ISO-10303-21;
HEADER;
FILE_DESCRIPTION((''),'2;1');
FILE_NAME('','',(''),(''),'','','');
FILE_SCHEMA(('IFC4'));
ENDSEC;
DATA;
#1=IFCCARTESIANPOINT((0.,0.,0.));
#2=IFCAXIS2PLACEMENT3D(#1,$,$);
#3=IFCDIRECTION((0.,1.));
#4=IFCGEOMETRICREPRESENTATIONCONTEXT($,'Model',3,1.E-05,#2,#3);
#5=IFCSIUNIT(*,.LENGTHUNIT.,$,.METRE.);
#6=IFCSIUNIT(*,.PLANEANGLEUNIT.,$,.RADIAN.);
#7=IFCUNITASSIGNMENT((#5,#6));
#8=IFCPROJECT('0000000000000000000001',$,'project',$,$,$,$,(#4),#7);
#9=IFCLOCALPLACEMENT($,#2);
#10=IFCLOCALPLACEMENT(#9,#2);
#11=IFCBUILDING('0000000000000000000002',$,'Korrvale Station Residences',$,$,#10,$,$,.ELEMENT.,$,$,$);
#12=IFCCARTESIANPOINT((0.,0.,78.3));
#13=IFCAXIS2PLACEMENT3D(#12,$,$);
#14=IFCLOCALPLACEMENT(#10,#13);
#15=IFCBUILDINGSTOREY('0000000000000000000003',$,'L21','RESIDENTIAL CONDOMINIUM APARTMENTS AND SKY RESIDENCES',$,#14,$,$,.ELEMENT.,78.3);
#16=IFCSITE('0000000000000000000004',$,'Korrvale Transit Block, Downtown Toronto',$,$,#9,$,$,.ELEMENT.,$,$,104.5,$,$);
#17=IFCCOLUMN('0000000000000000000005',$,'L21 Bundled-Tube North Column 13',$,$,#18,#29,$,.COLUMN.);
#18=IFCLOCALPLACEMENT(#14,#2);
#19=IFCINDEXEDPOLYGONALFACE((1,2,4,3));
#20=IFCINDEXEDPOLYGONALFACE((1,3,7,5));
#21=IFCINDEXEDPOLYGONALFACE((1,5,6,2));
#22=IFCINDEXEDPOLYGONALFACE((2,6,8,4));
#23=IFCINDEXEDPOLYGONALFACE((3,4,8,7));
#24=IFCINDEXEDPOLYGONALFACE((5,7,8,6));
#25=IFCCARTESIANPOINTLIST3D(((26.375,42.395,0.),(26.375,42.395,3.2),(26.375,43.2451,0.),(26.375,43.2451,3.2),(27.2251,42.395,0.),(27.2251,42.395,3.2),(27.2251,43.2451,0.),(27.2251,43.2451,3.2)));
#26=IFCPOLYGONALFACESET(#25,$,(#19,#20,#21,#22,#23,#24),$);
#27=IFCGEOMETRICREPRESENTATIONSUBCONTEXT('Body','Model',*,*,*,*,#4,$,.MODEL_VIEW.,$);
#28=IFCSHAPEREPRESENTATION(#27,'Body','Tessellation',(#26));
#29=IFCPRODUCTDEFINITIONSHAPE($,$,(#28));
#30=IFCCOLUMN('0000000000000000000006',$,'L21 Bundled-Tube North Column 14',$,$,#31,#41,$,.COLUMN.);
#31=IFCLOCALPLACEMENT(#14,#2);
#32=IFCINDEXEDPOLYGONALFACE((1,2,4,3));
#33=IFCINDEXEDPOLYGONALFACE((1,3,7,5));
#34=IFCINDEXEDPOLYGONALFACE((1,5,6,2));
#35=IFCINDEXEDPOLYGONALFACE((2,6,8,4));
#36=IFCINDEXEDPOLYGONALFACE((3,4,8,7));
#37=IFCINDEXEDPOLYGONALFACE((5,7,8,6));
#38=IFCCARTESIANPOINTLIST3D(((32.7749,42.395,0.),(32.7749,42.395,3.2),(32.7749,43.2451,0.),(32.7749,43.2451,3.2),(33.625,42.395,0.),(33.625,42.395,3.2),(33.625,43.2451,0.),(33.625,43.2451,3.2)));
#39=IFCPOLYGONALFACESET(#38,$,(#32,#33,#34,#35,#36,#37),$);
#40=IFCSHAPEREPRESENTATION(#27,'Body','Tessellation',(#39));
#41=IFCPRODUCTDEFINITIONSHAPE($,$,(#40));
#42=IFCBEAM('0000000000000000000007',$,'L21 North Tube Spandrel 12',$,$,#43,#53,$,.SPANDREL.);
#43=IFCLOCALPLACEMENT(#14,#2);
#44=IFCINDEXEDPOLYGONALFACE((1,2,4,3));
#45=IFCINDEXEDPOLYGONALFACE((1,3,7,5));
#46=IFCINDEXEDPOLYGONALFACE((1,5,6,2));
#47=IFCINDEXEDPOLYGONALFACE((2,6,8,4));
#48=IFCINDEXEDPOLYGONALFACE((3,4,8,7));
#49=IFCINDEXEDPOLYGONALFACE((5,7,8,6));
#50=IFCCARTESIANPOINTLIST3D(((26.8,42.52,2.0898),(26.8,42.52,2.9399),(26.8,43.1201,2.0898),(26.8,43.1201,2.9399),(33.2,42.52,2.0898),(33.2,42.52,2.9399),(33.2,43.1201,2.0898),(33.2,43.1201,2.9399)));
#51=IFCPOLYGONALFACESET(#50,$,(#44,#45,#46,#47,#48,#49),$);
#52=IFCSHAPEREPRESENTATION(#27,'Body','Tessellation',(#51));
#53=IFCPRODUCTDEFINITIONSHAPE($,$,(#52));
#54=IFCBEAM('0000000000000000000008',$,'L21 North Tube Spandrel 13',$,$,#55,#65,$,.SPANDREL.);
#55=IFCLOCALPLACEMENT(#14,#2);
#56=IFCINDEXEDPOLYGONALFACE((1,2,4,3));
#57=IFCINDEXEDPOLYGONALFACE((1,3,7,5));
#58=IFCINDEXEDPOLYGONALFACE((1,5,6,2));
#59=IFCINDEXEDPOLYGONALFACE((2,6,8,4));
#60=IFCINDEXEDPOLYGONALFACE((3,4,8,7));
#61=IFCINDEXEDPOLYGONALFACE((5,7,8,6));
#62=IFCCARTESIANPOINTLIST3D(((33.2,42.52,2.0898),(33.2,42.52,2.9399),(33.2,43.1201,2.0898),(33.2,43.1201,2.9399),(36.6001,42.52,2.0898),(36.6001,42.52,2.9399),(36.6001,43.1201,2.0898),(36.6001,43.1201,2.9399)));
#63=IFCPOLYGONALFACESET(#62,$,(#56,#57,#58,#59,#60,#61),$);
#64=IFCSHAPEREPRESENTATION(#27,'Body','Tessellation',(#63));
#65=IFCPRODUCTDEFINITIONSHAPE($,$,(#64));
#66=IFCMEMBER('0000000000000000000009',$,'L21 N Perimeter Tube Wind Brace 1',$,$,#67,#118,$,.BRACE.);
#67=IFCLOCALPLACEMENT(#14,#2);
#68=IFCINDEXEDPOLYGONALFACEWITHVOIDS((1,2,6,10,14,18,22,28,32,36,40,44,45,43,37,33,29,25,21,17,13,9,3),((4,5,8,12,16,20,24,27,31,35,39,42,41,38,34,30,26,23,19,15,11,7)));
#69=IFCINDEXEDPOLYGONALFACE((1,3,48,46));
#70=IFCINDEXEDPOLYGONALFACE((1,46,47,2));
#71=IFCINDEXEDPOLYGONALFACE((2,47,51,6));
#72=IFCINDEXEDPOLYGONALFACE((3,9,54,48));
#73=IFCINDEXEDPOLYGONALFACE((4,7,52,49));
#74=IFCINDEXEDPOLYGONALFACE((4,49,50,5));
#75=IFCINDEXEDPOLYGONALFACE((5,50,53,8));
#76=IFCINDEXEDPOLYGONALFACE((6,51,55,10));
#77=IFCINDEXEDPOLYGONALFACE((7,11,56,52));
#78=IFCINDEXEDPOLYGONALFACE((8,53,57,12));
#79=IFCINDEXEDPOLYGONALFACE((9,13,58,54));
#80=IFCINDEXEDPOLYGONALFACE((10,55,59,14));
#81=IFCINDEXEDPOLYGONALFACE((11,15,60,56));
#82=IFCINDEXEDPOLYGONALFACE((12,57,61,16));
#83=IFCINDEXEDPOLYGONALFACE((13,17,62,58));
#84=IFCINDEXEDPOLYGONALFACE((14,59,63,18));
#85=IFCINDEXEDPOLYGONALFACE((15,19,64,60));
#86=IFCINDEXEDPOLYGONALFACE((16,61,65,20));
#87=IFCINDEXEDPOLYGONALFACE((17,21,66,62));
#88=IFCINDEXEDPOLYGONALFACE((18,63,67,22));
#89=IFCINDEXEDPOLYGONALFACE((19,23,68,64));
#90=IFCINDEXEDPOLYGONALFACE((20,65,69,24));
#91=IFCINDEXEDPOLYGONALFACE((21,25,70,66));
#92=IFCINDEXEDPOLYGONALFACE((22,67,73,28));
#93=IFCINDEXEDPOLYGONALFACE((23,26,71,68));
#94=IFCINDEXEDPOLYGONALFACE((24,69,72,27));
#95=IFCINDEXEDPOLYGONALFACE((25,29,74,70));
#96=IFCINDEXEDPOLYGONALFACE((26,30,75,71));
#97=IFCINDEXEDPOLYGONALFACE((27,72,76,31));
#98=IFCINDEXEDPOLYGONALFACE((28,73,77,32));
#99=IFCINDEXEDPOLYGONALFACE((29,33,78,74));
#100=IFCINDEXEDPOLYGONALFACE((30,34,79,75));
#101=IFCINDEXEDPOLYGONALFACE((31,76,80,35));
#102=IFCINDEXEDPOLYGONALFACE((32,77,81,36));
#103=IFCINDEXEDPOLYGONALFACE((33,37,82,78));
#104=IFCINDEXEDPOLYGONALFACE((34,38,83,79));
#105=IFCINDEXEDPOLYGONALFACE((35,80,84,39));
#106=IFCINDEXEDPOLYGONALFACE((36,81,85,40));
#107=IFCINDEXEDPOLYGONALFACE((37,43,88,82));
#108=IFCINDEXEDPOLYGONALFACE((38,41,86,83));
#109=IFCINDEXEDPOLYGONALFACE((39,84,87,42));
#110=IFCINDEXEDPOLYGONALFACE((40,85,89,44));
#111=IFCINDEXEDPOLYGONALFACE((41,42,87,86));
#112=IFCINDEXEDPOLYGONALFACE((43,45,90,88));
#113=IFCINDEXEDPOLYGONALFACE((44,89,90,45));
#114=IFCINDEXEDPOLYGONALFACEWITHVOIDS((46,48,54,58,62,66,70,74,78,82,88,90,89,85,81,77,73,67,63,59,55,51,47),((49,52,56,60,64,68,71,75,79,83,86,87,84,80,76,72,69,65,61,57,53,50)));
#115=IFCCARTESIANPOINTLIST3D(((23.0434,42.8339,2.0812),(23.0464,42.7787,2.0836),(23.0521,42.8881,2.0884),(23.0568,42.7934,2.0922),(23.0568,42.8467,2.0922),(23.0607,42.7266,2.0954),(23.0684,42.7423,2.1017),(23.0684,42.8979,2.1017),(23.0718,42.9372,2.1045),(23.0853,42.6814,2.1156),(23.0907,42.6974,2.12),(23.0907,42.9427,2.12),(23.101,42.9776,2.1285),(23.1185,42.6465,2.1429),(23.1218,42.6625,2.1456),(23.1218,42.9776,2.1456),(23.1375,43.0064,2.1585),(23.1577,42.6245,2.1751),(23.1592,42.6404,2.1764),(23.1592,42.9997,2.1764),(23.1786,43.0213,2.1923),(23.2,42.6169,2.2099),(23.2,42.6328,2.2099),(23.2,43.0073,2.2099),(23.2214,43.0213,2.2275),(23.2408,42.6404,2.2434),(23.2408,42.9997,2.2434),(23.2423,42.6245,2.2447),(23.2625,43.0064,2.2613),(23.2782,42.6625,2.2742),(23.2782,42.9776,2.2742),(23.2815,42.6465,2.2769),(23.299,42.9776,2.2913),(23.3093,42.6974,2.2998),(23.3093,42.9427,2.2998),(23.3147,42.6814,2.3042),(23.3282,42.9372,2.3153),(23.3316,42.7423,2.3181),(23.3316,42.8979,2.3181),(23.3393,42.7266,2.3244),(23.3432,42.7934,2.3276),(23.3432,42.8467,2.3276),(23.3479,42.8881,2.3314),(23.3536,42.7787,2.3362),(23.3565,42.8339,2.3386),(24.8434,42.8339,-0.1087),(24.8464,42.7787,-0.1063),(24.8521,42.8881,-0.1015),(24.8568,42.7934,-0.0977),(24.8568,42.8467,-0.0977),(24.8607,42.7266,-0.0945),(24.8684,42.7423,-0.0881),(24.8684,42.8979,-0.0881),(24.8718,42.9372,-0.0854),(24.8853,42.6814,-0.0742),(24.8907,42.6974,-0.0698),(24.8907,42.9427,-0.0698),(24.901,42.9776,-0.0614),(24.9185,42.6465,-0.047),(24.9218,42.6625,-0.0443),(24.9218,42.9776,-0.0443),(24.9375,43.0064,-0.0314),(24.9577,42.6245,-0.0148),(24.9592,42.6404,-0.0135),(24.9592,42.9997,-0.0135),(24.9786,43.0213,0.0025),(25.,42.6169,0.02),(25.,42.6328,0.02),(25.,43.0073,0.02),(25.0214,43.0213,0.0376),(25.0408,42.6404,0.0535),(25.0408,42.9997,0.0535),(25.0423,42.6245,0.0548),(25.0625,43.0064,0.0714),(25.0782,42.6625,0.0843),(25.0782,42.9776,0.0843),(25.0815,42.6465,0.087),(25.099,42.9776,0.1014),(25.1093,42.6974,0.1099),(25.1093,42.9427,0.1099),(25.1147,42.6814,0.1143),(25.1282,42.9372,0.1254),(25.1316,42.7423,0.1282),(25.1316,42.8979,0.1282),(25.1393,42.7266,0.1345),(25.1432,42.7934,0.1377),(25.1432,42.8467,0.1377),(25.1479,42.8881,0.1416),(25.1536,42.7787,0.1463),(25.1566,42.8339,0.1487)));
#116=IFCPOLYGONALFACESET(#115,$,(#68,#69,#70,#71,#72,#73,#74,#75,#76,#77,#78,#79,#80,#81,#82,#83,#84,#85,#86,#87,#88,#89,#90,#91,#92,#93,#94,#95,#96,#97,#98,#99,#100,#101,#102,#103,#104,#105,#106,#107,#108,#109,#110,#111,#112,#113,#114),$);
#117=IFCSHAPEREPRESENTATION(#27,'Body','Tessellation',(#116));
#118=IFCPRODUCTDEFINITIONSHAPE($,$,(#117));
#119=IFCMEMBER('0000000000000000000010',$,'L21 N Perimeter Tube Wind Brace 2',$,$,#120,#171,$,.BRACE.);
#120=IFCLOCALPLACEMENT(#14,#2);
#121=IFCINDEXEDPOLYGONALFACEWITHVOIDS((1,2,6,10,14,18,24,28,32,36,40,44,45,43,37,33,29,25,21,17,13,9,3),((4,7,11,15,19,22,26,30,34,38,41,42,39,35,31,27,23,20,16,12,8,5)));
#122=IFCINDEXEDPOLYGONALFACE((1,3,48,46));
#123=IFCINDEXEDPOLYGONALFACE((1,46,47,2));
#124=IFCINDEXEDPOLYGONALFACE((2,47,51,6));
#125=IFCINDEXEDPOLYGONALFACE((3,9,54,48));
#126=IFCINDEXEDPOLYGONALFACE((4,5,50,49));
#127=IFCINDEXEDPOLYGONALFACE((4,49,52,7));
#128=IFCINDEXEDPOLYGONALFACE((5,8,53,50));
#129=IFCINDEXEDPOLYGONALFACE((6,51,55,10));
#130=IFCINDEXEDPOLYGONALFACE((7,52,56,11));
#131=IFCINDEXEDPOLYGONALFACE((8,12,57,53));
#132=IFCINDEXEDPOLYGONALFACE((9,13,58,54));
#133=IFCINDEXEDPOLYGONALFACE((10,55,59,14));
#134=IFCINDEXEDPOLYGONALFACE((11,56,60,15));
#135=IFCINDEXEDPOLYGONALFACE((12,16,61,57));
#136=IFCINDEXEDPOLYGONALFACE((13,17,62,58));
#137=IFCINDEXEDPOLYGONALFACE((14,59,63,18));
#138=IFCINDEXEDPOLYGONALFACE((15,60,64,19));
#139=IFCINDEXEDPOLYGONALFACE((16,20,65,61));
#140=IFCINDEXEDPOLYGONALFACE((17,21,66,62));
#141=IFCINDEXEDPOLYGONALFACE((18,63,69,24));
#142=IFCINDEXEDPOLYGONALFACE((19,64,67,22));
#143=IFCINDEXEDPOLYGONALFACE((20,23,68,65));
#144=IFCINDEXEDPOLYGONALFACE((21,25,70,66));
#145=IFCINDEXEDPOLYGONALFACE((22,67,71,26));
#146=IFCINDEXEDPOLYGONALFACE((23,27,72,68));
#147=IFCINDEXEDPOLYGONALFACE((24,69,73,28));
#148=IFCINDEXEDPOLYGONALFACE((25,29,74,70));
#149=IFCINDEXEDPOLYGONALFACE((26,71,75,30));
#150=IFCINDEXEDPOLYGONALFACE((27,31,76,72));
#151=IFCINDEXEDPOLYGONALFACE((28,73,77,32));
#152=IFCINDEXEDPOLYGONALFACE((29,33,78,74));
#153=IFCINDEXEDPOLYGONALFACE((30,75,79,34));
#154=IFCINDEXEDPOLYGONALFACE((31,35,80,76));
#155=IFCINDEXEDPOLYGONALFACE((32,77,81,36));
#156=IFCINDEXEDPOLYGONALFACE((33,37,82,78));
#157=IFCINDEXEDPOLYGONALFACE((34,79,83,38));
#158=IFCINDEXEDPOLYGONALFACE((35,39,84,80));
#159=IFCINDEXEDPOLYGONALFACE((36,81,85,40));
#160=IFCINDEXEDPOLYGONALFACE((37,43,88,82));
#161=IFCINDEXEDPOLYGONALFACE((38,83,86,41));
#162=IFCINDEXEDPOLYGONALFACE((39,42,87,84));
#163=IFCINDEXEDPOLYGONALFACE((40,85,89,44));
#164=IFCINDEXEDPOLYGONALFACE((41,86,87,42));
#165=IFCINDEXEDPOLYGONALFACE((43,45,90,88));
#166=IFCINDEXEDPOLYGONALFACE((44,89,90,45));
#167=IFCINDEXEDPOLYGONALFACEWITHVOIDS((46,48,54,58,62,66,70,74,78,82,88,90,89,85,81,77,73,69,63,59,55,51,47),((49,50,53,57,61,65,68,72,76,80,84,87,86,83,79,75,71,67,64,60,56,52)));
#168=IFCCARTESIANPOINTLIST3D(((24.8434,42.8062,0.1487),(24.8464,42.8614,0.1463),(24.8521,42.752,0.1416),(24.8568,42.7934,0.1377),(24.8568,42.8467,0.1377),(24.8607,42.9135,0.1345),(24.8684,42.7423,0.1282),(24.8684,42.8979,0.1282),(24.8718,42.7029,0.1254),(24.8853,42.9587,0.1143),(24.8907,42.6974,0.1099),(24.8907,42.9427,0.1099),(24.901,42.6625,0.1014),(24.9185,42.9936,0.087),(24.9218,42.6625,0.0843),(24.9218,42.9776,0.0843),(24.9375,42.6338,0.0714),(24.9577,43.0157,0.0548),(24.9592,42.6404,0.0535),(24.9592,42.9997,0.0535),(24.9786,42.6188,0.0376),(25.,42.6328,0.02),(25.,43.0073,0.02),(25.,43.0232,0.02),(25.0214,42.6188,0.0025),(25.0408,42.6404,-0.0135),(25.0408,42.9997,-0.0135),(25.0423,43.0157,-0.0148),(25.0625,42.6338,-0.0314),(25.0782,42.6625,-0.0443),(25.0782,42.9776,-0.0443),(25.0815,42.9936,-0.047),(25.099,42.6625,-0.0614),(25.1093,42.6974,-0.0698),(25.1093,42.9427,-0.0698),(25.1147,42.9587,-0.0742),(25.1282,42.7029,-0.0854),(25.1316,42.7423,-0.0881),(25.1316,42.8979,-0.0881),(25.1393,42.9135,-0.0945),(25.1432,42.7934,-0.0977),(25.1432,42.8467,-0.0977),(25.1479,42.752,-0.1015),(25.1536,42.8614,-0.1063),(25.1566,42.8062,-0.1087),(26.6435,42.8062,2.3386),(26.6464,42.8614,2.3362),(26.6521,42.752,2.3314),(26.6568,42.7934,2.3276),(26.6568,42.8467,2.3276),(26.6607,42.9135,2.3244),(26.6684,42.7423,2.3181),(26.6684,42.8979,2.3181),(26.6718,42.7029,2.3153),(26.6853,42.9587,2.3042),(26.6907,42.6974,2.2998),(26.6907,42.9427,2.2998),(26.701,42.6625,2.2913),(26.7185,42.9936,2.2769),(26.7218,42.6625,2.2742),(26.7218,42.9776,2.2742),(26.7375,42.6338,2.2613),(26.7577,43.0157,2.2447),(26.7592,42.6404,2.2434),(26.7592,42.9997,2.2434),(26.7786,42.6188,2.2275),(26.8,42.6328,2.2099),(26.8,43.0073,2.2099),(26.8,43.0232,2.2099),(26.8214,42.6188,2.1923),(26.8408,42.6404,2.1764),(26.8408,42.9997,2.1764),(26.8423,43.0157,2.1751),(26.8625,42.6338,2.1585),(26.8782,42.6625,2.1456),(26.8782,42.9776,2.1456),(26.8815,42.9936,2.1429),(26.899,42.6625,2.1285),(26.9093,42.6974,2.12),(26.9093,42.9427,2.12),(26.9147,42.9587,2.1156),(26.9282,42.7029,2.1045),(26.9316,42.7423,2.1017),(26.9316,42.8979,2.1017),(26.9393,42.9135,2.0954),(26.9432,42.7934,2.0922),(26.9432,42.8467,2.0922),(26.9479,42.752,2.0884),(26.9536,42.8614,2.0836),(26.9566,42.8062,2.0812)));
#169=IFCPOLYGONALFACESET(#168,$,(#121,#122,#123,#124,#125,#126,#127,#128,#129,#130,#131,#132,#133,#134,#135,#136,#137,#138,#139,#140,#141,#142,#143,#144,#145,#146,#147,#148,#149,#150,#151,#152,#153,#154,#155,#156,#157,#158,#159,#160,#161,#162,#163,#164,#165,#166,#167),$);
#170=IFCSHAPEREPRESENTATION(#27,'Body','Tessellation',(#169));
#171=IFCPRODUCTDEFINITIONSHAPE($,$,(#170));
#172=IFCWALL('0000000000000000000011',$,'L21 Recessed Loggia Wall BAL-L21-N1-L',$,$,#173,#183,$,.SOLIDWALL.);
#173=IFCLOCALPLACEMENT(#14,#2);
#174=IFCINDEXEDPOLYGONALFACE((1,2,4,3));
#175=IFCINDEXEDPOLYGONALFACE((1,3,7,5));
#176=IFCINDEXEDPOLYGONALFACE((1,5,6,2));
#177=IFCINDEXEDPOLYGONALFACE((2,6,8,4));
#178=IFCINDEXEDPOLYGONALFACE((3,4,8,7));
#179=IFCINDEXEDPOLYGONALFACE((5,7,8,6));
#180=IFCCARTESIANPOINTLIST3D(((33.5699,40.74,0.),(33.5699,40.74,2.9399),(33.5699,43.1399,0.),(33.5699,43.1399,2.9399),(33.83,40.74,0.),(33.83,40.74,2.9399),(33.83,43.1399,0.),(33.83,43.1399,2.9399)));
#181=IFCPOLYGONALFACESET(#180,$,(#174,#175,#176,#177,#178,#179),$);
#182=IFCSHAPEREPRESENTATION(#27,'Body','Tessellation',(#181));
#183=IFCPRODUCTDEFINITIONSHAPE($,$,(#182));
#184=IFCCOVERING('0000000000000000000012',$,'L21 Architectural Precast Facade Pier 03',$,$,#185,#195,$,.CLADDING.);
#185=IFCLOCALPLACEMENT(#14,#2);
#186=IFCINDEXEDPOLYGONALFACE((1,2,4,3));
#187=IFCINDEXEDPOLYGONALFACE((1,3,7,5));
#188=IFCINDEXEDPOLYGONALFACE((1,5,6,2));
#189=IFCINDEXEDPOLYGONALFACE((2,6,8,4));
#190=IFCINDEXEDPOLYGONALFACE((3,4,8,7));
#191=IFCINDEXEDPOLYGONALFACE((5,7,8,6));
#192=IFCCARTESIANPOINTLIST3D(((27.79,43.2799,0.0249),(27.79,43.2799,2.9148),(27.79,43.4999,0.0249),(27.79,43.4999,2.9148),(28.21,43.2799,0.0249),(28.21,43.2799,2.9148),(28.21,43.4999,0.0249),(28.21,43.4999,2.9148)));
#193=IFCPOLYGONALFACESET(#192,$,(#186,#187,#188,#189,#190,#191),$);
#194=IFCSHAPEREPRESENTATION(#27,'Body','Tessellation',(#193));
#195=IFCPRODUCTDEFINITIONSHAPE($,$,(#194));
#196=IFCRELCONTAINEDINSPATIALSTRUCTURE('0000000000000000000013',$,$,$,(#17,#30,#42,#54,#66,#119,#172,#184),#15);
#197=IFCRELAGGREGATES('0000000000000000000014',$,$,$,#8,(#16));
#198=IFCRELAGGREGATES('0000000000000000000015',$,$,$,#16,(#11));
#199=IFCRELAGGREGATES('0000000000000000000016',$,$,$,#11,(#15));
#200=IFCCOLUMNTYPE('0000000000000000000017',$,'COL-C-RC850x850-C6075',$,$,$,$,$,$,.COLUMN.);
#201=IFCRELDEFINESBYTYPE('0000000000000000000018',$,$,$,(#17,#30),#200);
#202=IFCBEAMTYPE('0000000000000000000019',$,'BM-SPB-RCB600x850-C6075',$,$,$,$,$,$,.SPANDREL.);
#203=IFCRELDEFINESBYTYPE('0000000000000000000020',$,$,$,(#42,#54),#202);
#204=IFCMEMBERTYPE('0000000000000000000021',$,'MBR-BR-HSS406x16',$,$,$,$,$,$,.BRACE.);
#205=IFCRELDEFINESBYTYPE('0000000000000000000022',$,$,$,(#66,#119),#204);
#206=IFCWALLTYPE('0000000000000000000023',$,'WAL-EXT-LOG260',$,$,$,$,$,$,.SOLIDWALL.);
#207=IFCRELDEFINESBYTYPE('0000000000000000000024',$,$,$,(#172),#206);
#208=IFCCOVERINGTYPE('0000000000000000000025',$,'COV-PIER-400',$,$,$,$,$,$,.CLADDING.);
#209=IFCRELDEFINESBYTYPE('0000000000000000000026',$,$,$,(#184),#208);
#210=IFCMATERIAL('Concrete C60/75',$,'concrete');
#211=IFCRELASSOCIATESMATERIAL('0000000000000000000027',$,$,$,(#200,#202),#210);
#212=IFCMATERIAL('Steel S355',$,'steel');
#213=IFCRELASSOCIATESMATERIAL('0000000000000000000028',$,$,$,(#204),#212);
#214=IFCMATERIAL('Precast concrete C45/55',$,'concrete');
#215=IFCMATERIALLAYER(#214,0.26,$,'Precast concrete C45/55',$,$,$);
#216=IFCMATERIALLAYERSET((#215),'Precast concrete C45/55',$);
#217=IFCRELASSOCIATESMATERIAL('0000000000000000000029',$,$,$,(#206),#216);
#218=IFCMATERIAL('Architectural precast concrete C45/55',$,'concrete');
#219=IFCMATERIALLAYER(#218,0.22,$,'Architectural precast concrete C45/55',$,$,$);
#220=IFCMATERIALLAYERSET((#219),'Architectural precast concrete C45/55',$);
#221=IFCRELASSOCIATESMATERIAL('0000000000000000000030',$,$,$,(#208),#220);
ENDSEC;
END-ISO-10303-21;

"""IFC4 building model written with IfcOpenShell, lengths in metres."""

from ifc_helpers import new_model, si_unit, direction, frame, frame_2d, origin, origin_2d, place, context, subcontext, project, spatial, rectangle, hollow_circle, extrude, material, layer, layer_set, material_profile, profile_set, type_object, element, save


model = new_model("IFC4")

# Units and contexts
model_context = context("Model", 3, precision=1e-05, world=origin(), true_north=direction((0.0, 1.0)))
body_context = subcontext(model_context, "Body", "Model", "MODEL_VIEW")
ifc_project = project(units=[si_unit("LENGTHUNIT", "METRE"), si_unit("PLANEANGLEUNIT", "RADIAN")], contexts=[model_context])

# Site, building, storey
site_placement = place(None, origin())
site = spatial("IfcSite", under=ifc_project, at=site_placement, Name="Korrvale Transit Block, Downtown Toronto", CompositionType="ELEMENT", RefElevation=104.5)
building_placement = place(site_placement, origin())
building = spatial("IfcBuilding", under=site, at=building_placement, Name="Korrvale Station Residences", CompositionType="ELEMENT")
storey_placement = place(building_placement, frame((0.0, 0.0, 78.3)))
storey = spatial("IfcBuildingStorey", under=building, at=storey_placement, Name="L21", Description="RESIDENTIAL CONDOMINIUM APARTMENTS AND SKY RESIDENCES", CompositionType="ELEMENT", Elevation=78.3)

# Columns
ifc_material_1 = material(Name="Concrete C60/75", Category="concrete")
ifc_material_profile_1 = material_profile(ifc_material_1, rectangle(XDim=0.8501, YDim=0.8501, at=origin_2d()), Name="RC850x850")
ifc_profile_set_1 = profile_set([ifc_material_profile_1], Name="Concrete C60/75")
column_type = type_object("IfcColumnType", Name="COL-C-RC850x850-C6075", PredefinedType="COLUMN", material=ifc_profile_set_1)
for number, where, z_axis, x_axis, name in (
    (1, (26.8, 42.8201, 0.0), (0.0, 0.0, 1.0), (1.0, 0.0, 0.0), "L21 Bundled-Tube North Column 13"),
    (2, (33.2, 42.8201, 0.0), (0.0, 0.0, 1.0), (1.0, 0.0, 0.0), "L21 Bundled-Tube North Column 14"),
):
    element("IfcColumn", number, at=place(storey_placement, frame(where, z_axis=z_axis, x_axis=x_axis)), inside=storey, type_object=column_type, Name=name, PredefinedType="COLUMN", context=body_context, shape_type="SweptSolid", body=[
        extrude(rectangle(XDim=0.8501, YDim=0.8501, at=origin_2d()), origin(), (0.0, 0.0, 1.0), 3.2),
    ])

# Beams
ifc_material_profile_2 = material_profile(ifc_material_1, rectangle(XDim=0.6001, YDim=0.8501, at=origin_2d()), Name="RCB600x850")
ifc_profile_set_2 = profile_set([ifc_material_profile_2], Name="Concrete C60/75")
beam_type = type_object("IfcBeamType", Name="BM-SPB-RCB600x850-C6075", PredefinedType="SPANDREL", material=ifc_profile_set_2)
beam_1_placement = place(storey_placement, frame((26.8, 42.8201, 2.5149), z_axis=(1.0, 0.0, 0.0), x_axis=(0.0, 1.0, 0.0)))
element("IfcBeam", 3, at=beam_1_placement, inside=storey, type_object=beam_type, Name="L21 North Tube Spandrel 12", PredefinedType="SPANDREL", context=body_context, shape_type="SweptSolid", body=[
    extrude(rectangle(XDim=0.6001, YDim=0.8501, at=origin_2d()), origin(), (0.0, 0.0, 1.0), 6.3999),
])
beam_2_placement = place(storey_placement, frame((33.2, 42.8201, 2.5149), z_axis=(1.0, 0.0, 0.0), x_axis=(0.0, 1.0, 0.0)))
element("IfcBeam", 4, at=beam_2_placement, inside=storey, type_object=beam_type, Name="L21 North Tube Spandrel 13", PredefinedType="SPANDREL", context=body_context, shape_type="SweptSolid", body=[
    extrude(rectangle(XDim=0.6001, YDim=0.8501, at=origin_2d()), origin(), (0.0, 0.0, 1.0), 3.4001),
])

# Members
ifc_material_2 = material(Name="Steel S355", Category="steel")
ifc_material_profile_3 = material_profile(ifc_material_2, hollow_circle(Radius=0.2031, WallThickness=0.0159, at=origin_2d()), Name="HSS406x16")
ifc_profile_set_3 = profile_set([ifc_material_profile_3], Name="Steel S355")
member_type = type_object("IfcMemberType", Name="MBR-BR-HSS406x16", PredefinedType="BRACE", material=ifc_profile_set_3)
for number, where, z_axis, x_axis, name in (
    (5, (25.0, 42.8201, 0.02), (-0.634985, 0.0, 0.772524), (0.0, -1.0, 0.0), "L21 N Perimeter Tube Wind Brace 1"),
    (6, (25.0, 42.8201, 0.02), (0.634985, 0.0, 0.772524), (0.0, 1.0, 0.0), "L21 N Perimeter Tube Wind Brace 2"),
):
    element("IfcMember", number, at=place(storey_placement, frame(where, z_axis=z_axis, x_axis=x_axis)), inside=storey, type_object=member_type, Name=name, PredefinedType="BRACE", context=body_context, shape_type="SweptSolid", body=[
        extrude(hollow_circle(Radius=0.2031, WallThickness=0.0159, at=origin_2d()), origin(), (0.0, 0.0, 1.0), 2.8347),
    ])

# Wall
ifc_material_3 = material(Name="Precast concrete C45/55", Category="concrete")
ifc_layer_1 = layer(ifc_material_3, 0.26, Name="Precast concrete C45/55")
ifc_layer_set_1 = layer_set([ifc_layer_1], Name="Precast concrete C45/55")
wall_type = type_object("IfcWallType", Name="WAL-EXT-LOG260", PredefinedType="SOLIDWALL", material=ifc_layer_set_1)
wall_placement = place(storey_placement, frame((33.7, 43.1399, 0.0), z_axis=(0.0, 0.0, 1.0), x_axis=(0.0, -1.0, 0.0)))
element("IfcWall", 7, at=wall_placement, inside=storey, type_object=wall_type, Name="L21 Recessed Loggia Wall BAL-L21-N1-L", PredefinedType="SOLIDWALL", context=body_context, shape_type="SweptSolid", body=[
    extrude(rectangle(XDim=2.3999, YDim=0.26, at=frame_2d((1.2, 0.0))), origin(), (0.0, 0.0, 1.0), 2.9399),
])

# Covering
ifc_material_4 = material(Name="Architectural precast concrete C45/55", Category="concrete")
ifc_layer_2 = layer(ifc_material_4, 0.22, Name="Architectural precast concrete C45/55")
ifc_layer_set_2 = layer_set([ifc_layer_2], Name="Architectural precast concrete C45/55")
covering_type = type_object("IfcCoveringType", Name="COV-PIER-400", PredefinedType="CLADDING", material=ifc_layer_set_2)
covering_placement = place(storey_placement, frame((28.0, 43.3899, 0.0249), z_axis=(0.0, 0.0, 1.0), x_axis=(1.0, 0.0, 0.0)))
element("IfcCovering", 8, at=covering_placement, inside=storey, type_object=covering_type, Name="L21 Architectural Precast Facade Pier 03", PredefinedType="CLADDING", context=body_context, shape_type="SweptSolid", body=[
    extrude(rectangle(XDim=0.4199, YDim=0.22, at=origin_2d()), origin(), (0.0, 0.0, 1.0), 2.8899),
])

save(model, "model.ifc")
